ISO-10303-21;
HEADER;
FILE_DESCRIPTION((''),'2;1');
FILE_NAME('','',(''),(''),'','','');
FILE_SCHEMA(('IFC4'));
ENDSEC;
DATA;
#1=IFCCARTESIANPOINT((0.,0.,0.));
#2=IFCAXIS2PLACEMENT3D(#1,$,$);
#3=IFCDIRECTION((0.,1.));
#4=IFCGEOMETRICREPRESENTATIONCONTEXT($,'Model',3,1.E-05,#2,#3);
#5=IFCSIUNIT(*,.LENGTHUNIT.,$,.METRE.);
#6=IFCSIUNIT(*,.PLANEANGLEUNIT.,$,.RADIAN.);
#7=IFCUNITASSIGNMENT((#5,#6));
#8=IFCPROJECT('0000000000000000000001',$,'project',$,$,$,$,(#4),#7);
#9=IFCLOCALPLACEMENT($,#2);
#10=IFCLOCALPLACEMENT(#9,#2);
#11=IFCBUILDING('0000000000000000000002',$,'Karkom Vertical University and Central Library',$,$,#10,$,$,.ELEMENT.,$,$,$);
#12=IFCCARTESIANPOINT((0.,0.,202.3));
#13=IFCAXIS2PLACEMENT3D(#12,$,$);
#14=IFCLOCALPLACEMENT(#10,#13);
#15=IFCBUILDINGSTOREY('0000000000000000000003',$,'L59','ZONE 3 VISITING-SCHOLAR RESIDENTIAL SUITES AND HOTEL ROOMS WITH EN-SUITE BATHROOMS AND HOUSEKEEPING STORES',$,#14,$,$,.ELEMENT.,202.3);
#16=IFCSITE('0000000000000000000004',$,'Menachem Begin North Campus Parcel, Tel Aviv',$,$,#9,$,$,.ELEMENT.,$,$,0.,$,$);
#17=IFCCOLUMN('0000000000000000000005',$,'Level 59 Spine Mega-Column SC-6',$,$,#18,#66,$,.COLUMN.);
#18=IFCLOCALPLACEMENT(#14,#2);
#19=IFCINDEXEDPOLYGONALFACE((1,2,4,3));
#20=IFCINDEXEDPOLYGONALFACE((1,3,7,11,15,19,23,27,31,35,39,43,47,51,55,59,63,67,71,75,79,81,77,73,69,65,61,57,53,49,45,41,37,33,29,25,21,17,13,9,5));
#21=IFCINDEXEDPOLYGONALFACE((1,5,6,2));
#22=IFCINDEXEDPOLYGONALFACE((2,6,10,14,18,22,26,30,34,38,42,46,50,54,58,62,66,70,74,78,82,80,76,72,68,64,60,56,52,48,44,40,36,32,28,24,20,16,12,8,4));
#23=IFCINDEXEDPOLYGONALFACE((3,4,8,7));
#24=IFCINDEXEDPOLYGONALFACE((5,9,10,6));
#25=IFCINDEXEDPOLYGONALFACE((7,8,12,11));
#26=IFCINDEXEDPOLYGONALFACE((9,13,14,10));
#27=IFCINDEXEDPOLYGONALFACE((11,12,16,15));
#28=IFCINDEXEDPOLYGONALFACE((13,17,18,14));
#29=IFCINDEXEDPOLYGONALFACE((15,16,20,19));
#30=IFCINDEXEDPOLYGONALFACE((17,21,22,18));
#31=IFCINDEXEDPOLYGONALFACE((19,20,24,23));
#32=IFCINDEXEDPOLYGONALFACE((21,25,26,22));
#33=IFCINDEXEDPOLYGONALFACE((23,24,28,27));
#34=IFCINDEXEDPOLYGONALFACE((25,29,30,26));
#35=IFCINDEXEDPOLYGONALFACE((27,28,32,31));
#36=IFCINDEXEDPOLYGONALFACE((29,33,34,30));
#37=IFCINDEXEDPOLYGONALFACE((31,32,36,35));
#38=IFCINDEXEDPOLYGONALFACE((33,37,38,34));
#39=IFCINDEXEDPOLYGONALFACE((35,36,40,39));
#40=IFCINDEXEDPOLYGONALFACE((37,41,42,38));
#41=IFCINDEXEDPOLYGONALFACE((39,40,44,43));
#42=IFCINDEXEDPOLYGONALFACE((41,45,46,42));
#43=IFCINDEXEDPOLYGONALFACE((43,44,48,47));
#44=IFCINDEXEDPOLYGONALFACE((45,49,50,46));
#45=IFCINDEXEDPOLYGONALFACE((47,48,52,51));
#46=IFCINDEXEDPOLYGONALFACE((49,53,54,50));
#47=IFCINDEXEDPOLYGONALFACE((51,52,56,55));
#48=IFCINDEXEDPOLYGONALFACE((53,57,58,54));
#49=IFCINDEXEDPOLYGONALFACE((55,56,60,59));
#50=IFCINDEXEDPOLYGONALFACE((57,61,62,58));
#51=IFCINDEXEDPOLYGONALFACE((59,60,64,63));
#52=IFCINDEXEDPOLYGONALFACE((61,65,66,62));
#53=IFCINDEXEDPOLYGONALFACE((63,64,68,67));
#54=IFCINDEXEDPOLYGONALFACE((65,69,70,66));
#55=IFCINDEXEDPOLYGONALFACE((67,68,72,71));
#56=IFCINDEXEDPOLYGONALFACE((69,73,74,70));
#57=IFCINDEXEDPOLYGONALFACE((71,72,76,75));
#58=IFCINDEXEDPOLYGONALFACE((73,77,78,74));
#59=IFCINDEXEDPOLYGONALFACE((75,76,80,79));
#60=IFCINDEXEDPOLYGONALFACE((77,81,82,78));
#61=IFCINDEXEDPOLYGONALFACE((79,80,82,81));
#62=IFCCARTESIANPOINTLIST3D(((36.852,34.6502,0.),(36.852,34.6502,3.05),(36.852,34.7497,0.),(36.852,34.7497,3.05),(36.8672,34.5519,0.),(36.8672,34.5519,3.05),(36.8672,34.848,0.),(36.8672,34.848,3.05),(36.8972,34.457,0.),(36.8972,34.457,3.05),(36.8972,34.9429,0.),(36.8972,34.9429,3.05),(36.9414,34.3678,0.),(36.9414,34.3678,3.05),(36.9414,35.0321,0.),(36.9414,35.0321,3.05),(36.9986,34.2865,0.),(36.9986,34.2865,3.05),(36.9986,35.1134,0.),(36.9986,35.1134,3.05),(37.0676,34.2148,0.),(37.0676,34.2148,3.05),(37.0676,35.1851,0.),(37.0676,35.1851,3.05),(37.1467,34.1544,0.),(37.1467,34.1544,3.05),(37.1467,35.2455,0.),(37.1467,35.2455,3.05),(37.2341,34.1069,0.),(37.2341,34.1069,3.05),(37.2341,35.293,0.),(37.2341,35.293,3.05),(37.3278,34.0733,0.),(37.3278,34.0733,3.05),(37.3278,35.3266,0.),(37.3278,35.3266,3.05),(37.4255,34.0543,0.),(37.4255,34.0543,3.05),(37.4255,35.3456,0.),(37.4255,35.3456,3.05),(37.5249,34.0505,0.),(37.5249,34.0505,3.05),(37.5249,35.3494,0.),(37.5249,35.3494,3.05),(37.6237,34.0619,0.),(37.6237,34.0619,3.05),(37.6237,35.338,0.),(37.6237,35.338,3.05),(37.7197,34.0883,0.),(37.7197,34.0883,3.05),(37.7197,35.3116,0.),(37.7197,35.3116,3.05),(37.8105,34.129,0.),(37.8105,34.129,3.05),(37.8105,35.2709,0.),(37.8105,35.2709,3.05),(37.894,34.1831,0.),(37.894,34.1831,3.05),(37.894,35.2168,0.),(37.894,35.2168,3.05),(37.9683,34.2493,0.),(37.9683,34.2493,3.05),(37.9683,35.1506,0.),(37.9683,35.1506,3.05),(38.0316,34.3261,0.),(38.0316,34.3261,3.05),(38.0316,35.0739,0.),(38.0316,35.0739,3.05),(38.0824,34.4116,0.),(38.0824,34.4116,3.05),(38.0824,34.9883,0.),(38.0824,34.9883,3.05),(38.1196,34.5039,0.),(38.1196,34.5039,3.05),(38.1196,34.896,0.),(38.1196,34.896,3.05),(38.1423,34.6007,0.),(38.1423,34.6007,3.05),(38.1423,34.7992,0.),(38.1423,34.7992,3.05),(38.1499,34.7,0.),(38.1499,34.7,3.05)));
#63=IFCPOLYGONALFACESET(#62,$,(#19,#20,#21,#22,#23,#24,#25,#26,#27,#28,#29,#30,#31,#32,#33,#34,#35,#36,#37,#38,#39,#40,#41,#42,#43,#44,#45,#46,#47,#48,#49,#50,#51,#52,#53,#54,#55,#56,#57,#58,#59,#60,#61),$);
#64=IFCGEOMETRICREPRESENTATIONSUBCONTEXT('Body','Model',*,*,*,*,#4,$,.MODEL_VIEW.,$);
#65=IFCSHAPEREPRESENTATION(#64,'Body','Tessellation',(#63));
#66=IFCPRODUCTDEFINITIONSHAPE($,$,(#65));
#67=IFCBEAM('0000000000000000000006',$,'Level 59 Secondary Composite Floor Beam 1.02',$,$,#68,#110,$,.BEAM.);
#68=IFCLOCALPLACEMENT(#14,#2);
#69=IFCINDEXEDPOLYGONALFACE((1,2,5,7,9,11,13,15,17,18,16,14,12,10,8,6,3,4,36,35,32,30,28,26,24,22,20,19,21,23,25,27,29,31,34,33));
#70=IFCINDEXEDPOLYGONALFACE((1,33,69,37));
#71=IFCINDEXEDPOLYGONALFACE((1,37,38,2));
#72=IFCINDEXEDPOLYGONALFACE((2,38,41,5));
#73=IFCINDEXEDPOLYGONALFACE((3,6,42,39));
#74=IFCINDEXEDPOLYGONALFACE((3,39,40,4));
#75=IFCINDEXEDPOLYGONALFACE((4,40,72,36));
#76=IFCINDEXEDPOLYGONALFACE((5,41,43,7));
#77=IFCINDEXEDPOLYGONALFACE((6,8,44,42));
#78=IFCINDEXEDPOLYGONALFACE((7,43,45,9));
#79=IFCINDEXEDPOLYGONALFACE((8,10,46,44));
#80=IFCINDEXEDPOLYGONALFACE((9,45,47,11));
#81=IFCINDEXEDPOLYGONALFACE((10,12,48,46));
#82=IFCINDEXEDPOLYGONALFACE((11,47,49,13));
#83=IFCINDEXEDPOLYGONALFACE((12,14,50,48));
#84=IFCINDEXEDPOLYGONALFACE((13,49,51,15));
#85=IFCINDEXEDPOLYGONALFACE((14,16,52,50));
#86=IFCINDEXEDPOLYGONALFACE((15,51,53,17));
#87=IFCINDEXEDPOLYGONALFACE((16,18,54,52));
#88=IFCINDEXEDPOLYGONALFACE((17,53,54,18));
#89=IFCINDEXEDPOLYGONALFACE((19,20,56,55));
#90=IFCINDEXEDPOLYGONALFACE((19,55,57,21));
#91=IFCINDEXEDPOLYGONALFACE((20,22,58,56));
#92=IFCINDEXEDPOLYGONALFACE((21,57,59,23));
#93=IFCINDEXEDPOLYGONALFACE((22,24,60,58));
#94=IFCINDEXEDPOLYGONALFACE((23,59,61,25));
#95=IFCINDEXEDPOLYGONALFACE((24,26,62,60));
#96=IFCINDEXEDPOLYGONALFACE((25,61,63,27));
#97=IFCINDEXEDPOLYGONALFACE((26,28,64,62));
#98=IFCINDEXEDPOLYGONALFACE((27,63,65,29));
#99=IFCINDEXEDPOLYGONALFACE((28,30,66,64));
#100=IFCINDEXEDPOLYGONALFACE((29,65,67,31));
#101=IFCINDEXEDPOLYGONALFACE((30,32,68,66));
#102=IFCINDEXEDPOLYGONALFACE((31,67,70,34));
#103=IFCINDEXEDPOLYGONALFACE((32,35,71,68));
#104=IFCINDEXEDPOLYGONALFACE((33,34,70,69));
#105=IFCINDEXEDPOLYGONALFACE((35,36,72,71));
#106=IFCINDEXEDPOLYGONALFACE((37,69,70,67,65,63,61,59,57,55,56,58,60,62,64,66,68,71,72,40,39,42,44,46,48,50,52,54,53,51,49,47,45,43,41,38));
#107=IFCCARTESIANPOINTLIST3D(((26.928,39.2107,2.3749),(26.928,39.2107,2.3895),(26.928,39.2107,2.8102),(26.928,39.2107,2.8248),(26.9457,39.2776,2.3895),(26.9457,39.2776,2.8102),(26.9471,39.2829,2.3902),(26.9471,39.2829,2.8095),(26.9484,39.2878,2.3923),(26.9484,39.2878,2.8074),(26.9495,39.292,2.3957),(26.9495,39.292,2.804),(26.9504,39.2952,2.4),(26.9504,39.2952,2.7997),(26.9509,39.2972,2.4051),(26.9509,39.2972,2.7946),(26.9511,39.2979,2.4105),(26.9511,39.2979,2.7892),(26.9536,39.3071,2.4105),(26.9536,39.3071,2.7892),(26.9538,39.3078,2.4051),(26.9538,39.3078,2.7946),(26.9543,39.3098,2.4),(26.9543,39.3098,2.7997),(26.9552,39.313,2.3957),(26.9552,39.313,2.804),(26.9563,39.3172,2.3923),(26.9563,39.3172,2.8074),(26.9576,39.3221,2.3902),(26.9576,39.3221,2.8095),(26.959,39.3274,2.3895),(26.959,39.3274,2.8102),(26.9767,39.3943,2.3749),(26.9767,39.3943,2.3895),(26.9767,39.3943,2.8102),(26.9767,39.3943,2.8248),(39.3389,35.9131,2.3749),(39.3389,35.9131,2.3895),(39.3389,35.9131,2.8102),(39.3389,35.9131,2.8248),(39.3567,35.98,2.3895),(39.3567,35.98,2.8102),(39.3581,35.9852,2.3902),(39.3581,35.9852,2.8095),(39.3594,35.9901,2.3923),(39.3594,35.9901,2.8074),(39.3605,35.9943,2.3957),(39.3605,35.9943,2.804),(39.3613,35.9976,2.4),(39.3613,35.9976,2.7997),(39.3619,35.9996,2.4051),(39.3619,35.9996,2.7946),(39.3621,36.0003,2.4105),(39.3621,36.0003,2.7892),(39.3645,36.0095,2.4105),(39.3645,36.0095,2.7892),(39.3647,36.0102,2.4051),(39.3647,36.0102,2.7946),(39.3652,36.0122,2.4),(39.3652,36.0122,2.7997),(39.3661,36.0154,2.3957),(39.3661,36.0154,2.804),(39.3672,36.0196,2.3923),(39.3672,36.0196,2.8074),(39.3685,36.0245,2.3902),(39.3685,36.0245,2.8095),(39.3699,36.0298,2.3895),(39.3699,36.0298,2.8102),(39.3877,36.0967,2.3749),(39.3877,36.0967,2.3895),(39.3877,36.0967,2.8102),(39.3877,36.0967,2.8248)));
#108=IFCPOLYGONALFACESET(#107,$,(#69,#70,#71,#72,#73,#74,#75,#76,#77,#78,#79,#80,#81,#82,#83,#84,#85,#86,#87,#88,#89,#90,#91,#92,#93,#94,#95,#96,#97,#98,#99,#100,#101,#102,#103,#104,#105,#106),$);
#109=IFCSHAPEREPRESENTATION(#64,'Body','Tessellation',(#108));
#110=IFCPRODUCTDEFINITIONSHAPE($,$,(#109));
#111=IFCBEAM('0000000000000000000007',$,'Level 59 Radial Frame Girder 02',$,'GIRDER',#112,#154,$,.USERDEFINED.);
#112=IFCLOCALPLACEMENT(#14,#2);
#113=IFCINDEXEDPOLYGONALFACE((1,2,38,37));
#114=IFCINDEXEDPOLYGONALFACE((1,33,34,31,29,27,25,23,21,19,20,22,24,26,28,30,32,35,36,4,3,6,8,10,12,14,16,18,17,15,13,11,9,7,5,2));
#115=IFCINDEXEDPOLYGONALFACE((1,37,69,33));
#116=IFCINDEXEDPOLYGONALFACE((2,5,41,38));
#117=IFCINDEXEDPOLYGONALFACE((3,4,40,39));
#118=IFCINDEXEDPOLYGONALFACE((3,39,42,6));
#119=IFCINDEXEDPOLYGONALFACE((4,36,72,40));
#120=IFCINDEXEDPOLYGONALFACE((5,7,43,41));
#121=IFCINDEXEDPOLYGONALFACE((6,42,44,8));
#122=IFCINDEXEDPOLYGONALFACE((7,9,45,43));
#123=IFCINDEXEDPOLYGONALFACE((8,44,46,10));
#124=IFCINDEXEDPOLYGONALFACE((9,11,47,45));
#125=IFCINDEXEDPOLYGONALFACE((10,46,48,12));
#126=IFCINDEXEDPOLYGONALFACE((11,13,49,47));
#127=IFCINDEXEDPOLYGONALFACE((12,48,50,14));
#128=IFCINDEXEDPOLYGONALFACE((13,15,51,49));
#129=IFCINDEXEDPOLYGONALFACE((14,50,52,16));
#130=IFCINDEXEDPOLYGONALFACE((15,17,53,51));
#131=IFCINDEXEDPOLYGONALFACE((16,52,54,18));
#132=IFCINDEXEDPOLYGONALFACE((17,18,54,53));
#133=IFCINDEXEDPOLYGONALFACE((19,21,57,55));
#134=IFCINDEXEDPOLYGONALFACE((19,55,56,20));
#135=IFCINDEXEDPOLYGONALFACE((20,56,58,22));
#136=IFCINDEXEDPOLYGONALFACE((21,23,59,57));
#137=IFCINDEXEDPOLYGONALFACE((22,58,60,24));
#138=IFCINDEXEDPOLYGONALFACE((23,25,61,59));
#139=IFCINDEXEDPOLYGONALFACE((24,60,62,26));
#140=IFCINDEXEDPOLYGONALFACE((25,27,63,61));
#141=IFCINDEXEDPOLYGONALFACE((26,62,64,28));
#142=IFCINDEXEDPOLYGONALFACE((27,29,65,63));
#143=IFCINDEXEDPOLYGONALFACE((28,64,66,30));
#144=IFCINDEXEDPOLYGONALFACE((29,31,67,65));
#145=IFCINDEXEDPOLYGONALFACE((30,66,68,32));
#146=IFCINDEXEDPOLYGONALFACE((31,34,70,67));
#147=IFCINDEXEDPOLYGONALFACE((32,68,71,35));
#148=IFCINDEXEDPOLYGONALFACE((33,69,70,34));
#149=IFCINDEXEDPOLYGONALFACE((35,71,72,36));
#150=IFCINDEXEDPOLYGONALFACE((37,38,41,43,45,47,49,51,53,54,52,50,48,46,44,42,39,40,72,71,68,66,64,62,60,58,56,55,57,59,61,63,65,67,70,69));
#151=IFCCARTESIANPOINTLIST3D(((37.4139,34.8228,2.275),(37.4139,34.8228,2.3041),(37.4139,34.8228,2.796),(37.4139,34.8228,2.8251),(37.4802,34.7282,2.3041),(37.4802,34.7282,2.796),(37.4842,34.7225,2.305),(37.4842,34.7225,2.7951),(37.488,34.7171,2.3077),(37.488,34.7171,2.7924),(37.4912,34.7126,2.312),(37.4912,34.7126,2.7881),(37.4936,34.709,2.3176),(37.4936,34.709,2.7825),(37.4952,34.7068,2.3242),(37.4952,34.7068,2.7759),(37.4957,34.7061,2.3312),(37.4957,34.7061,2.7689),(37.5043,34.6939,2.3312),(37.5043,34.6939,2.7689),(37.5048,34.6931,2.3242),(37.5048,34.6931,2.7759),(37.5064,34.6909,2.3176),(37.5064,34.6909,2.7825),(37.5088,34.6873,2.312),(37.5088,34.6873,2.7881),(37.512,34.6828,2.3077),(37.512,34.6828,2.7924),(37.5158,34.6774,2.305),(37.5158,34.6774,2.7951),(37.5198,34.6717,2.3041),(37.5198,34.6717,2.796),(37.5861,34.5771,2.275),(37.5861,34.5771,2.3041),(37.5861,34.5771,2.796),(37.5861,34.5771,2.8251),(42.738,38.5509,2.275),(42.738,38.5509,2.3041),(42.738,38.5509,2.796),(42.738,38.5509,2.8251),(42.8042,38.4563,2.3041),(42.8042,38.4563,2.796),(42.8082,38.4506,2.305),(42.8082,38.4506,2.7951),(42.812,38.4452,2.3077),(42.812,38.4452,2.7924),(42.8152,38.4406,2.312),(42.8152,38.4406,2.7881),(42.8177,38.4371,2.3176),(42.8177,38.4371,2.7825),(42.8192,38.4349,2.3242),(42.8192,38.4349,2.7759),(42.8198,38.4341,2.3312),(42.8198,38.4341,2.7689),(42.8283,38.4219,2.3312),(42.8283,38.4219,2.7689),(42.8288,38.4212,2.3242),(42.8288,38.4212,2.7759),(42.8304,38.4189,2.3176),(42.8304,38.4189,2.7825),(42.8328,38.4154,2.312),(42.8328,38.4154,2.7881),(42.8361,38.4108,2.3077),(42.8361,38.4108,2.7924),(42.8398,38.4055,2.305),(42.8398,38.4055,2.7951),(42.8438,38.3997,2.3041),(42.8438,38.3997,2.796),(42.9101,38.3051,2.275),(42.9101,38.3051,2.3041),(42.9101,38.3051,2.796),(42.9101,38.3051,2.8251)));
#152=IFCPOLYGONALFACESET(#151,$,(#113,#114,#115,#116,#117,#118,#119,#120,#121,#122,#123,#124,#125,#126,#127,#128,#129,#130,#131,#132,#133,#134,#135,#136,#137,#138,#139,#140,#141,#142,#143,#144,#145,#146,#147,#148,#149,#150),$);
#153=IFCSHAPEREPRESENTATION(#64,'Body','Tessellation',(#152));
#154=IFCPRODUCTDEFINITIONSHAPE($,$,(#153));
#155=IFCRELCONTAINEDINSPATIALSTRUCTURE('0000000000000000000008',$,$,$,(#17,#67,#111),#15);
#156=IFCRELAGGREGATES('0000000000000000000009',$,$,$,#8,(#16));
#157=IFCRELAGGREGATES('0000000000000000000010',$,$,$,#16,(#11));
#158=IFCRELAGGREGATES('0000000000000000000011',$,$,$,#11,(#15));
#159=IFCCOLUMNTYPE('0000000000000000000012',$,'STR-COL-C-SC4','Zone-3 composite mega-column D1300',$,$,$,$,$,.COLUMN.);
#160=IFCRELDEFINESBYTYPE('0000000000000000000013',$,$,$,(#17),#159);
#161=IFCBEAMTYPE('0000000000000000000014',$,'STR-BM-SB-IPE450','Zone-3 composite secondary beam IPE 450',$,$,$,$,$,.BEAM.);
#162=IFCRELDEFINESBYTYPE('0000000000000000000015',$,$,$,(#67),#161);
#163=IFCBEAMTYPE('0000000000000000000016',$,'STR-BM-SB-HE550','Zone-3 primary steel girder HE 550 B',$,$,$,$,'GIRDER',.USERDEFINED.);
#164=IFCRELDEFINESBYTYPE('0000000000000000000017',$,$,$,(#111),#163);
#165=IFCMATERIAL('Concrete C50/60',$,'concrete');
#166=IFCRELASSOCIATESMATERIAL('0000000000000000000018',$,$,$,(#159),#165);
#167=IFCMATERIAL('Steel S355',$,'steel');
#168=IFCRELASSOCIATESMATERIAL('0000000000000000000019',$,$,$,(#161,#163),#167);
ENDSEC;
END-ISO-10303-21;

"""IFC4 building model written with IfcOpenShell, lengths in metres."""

from ifc_helpers import new_model, si_unit, direction, frame, origin, origin_with_axes, origin_2d, place, context, subcontext, project, spatial, circle, i_section, extrude, source, transform, mapped, material, material_profile, profile_set, type_object, element, save


model = new_model("IFC4")

# Units and contexts
model_context = context("Model", 3, precision=1e-05, world=origin(), true_north=direction((0.0, 1.0)))
body_context = subcontext(model_context, "Body", "Model", "MODEL_VIEW")
ifc_project = project(units=[si_unit("LENGTHUNIT", "METRE"), si_unit("PLANEANGLEUNIT", "RADIAN")], contexts=[model_context])

# Site, building, storey
site_placement = place(None, origin())
site = spatial("IfcSite", under=ifc_project, at=site_placement, Name="Menachem Begin North Campus Parcel, Tel Aviv", CompositionType="ELEMENT", RefElevation=0.0)
building_placement = place(site_placement, origin())
building = spatial("IfcBuilding", under=site, at=building_placement, Name="Karkom Vertical University and Central Library", CompositionType="ELEMENT")
storey_placement = place(building_placement, frame((0.0, 0.0, 202.3)))
storey = spatial("IfcBuildingStorey", under=building, at=storey_placement, Name="L59", Description="ZONE 3 VISITING-SCHOLAR RESIDENTIAL SUITES AND HOTEL ROOMS WITH EN-SUITE BATHROOMS AND HOUSEKEEPING STORES", CompositionType="ELEMENT", Elevation=202.3)

# Column
ifc_material_1 = material(Name="Concrete C50/60", Category="concrete")
ifc_material_profile_1 = material_profile(ifc_material_1, circle(Radius=0.6499, at=origin_2d()), Name="CFT-D1300")
ifc_profile_set_1 = profile_set([ifc_material_profile_1], Name="Concrete C50/60")
column_type = type_object("IfcColumnType", Name="STR-COL-C-SC4", Description="Zone-3 composite mega-column D1300", PredefinedType="COLUMN", material=ifc_profile_set_1)
shared_shape_1 = source(origin_with_axes(), body_context, "Body", "SweptSolid", [
    extrude(circle(Radius=0.6499, at=origin_2d()), origin(), (0.0, 0.0, 1.0), 3.05),
])
column_placement = place(storey_placement, frame((37.5, 34.7, 0.0), z_axis=(0.0, 0.0, 1.0), x_axis=(1.0, 0.0, 0.0)))
element("IfcColumn", 1, at=column_placement, inside=storey, type_object=column_type, Name="Level 59 Spine Mega-Column SC-6", PredefinedType="COLUMN", context=body_context, shape_type="MappedRepresentation", body=[
    mapped(shared_shape_1, transform((0.0, 0.0, 0.0), scale=1.0)),
])

# Beams
ifc_material_2 = material(Name="Steel S355", Category="steel")
ifc_material_profile_2 = material_profile(ifc_material_2, i_section(OverallWidth=0.1899, OverallDepth=0.45, WebThickness=0.0095, FlangeThickness=0.0146, FilletRadius=0.021, at=origin_2d()), Name="IPE 450")
ifc_profile_set_2 = profile_set([ifc_material_profile_2], Name="Steel S355")
beam_type_1 = type_object("IfcBeamType", Name="STR-BM-SB-IPE450", Description="Zone-3 composite secondary beam IPE 450", PredefinedType="BEAM", material=ifc_profile_set_2)
shared_shape_2 = source(origin_with_axes(), body_context, "Body", "SweptSolid", [
    extrude(i_section(OverallWidth=0.1899, OverallDepth=0.45, WebThickness=0.0095, FlangeThickness=0.0146, FilletRadius=0.021, at=origin_2d()), origin(), (0.0, 0.0, 1.0), 12.8416),
])
beam_1_placement = place(storey_placement, frame((39.3633, 36.0049, 2.5999), z_axis=(-0.966466, 0.256793, 0.0), x_axis=(-0.256793, -0.966466, 0.0)))
element("IfcBeam", 2, at=beam_1_placement, inside=storey, type_object=beam_type_1, Name="Level 59 Secondary Composite Floor Beam 1.02", PredefinedType="BEAM", context=body_context, shape_type="MappedRepresentation", body=[
    mapped(shared_shape_2, transform((0.0, 0.0, 0.0), scale=1.0)),
])
ifc_material_profile_3 = material_profile(ifc_material_2, i_section(OverallWidth=0.3, OverallDepth=0.55, WebThickness=0.0149, FlangeThickness=0.0291, FilletRadius=0.0271, at=origin_2d()), Name="HE 550 B")
ifc_profile_set_3 = profile_set([ifc_material_profile_3], Name="Steel S355")
beam_type_2 = type_object("IfcBeamType", Name="STR-BM-SB-HE550", Description="Zone-3 primary steel girder HE 550 B", ElementType="GIRDER", PredefinedType="USERDEFINED", material=ifc_profile_set_3)
shared_shape_3 = source(origin_with_axes(), body_context, "Body", "SweptSolid", [
    extrude(i_section(OverallWidth=0.3, OverallDepth=0.55, WebThickness=0.0149, FlangeThickness=0.0291, FilletRadius=0.0271, at=origin_2d()), origin(), (0.0, 0.0, 1.0), 6.4995),
])
beam_2_placement = place(storey_placement, frame((37.5, 34.7, 2.55), z_axis=(0.819142, 0.573591, 0.0), x_axis=(-0.573591, 0.819142, 0.0)))
element("IfcBeam", 3, at=beam_2_placement, inside=storey, type_object=beam_type_2, Name="Level 59 Radial Frame Girder 02", ObjectType="GIRDER", PredefinedType="USERDEFINED", context=body_context, shape_type="MappedRepresentation", body=[
    mapped(shared_shape_3, transform((0.0, 0.0, 0.0), scale=1.0)),
])

save(model, "model.ifc")
